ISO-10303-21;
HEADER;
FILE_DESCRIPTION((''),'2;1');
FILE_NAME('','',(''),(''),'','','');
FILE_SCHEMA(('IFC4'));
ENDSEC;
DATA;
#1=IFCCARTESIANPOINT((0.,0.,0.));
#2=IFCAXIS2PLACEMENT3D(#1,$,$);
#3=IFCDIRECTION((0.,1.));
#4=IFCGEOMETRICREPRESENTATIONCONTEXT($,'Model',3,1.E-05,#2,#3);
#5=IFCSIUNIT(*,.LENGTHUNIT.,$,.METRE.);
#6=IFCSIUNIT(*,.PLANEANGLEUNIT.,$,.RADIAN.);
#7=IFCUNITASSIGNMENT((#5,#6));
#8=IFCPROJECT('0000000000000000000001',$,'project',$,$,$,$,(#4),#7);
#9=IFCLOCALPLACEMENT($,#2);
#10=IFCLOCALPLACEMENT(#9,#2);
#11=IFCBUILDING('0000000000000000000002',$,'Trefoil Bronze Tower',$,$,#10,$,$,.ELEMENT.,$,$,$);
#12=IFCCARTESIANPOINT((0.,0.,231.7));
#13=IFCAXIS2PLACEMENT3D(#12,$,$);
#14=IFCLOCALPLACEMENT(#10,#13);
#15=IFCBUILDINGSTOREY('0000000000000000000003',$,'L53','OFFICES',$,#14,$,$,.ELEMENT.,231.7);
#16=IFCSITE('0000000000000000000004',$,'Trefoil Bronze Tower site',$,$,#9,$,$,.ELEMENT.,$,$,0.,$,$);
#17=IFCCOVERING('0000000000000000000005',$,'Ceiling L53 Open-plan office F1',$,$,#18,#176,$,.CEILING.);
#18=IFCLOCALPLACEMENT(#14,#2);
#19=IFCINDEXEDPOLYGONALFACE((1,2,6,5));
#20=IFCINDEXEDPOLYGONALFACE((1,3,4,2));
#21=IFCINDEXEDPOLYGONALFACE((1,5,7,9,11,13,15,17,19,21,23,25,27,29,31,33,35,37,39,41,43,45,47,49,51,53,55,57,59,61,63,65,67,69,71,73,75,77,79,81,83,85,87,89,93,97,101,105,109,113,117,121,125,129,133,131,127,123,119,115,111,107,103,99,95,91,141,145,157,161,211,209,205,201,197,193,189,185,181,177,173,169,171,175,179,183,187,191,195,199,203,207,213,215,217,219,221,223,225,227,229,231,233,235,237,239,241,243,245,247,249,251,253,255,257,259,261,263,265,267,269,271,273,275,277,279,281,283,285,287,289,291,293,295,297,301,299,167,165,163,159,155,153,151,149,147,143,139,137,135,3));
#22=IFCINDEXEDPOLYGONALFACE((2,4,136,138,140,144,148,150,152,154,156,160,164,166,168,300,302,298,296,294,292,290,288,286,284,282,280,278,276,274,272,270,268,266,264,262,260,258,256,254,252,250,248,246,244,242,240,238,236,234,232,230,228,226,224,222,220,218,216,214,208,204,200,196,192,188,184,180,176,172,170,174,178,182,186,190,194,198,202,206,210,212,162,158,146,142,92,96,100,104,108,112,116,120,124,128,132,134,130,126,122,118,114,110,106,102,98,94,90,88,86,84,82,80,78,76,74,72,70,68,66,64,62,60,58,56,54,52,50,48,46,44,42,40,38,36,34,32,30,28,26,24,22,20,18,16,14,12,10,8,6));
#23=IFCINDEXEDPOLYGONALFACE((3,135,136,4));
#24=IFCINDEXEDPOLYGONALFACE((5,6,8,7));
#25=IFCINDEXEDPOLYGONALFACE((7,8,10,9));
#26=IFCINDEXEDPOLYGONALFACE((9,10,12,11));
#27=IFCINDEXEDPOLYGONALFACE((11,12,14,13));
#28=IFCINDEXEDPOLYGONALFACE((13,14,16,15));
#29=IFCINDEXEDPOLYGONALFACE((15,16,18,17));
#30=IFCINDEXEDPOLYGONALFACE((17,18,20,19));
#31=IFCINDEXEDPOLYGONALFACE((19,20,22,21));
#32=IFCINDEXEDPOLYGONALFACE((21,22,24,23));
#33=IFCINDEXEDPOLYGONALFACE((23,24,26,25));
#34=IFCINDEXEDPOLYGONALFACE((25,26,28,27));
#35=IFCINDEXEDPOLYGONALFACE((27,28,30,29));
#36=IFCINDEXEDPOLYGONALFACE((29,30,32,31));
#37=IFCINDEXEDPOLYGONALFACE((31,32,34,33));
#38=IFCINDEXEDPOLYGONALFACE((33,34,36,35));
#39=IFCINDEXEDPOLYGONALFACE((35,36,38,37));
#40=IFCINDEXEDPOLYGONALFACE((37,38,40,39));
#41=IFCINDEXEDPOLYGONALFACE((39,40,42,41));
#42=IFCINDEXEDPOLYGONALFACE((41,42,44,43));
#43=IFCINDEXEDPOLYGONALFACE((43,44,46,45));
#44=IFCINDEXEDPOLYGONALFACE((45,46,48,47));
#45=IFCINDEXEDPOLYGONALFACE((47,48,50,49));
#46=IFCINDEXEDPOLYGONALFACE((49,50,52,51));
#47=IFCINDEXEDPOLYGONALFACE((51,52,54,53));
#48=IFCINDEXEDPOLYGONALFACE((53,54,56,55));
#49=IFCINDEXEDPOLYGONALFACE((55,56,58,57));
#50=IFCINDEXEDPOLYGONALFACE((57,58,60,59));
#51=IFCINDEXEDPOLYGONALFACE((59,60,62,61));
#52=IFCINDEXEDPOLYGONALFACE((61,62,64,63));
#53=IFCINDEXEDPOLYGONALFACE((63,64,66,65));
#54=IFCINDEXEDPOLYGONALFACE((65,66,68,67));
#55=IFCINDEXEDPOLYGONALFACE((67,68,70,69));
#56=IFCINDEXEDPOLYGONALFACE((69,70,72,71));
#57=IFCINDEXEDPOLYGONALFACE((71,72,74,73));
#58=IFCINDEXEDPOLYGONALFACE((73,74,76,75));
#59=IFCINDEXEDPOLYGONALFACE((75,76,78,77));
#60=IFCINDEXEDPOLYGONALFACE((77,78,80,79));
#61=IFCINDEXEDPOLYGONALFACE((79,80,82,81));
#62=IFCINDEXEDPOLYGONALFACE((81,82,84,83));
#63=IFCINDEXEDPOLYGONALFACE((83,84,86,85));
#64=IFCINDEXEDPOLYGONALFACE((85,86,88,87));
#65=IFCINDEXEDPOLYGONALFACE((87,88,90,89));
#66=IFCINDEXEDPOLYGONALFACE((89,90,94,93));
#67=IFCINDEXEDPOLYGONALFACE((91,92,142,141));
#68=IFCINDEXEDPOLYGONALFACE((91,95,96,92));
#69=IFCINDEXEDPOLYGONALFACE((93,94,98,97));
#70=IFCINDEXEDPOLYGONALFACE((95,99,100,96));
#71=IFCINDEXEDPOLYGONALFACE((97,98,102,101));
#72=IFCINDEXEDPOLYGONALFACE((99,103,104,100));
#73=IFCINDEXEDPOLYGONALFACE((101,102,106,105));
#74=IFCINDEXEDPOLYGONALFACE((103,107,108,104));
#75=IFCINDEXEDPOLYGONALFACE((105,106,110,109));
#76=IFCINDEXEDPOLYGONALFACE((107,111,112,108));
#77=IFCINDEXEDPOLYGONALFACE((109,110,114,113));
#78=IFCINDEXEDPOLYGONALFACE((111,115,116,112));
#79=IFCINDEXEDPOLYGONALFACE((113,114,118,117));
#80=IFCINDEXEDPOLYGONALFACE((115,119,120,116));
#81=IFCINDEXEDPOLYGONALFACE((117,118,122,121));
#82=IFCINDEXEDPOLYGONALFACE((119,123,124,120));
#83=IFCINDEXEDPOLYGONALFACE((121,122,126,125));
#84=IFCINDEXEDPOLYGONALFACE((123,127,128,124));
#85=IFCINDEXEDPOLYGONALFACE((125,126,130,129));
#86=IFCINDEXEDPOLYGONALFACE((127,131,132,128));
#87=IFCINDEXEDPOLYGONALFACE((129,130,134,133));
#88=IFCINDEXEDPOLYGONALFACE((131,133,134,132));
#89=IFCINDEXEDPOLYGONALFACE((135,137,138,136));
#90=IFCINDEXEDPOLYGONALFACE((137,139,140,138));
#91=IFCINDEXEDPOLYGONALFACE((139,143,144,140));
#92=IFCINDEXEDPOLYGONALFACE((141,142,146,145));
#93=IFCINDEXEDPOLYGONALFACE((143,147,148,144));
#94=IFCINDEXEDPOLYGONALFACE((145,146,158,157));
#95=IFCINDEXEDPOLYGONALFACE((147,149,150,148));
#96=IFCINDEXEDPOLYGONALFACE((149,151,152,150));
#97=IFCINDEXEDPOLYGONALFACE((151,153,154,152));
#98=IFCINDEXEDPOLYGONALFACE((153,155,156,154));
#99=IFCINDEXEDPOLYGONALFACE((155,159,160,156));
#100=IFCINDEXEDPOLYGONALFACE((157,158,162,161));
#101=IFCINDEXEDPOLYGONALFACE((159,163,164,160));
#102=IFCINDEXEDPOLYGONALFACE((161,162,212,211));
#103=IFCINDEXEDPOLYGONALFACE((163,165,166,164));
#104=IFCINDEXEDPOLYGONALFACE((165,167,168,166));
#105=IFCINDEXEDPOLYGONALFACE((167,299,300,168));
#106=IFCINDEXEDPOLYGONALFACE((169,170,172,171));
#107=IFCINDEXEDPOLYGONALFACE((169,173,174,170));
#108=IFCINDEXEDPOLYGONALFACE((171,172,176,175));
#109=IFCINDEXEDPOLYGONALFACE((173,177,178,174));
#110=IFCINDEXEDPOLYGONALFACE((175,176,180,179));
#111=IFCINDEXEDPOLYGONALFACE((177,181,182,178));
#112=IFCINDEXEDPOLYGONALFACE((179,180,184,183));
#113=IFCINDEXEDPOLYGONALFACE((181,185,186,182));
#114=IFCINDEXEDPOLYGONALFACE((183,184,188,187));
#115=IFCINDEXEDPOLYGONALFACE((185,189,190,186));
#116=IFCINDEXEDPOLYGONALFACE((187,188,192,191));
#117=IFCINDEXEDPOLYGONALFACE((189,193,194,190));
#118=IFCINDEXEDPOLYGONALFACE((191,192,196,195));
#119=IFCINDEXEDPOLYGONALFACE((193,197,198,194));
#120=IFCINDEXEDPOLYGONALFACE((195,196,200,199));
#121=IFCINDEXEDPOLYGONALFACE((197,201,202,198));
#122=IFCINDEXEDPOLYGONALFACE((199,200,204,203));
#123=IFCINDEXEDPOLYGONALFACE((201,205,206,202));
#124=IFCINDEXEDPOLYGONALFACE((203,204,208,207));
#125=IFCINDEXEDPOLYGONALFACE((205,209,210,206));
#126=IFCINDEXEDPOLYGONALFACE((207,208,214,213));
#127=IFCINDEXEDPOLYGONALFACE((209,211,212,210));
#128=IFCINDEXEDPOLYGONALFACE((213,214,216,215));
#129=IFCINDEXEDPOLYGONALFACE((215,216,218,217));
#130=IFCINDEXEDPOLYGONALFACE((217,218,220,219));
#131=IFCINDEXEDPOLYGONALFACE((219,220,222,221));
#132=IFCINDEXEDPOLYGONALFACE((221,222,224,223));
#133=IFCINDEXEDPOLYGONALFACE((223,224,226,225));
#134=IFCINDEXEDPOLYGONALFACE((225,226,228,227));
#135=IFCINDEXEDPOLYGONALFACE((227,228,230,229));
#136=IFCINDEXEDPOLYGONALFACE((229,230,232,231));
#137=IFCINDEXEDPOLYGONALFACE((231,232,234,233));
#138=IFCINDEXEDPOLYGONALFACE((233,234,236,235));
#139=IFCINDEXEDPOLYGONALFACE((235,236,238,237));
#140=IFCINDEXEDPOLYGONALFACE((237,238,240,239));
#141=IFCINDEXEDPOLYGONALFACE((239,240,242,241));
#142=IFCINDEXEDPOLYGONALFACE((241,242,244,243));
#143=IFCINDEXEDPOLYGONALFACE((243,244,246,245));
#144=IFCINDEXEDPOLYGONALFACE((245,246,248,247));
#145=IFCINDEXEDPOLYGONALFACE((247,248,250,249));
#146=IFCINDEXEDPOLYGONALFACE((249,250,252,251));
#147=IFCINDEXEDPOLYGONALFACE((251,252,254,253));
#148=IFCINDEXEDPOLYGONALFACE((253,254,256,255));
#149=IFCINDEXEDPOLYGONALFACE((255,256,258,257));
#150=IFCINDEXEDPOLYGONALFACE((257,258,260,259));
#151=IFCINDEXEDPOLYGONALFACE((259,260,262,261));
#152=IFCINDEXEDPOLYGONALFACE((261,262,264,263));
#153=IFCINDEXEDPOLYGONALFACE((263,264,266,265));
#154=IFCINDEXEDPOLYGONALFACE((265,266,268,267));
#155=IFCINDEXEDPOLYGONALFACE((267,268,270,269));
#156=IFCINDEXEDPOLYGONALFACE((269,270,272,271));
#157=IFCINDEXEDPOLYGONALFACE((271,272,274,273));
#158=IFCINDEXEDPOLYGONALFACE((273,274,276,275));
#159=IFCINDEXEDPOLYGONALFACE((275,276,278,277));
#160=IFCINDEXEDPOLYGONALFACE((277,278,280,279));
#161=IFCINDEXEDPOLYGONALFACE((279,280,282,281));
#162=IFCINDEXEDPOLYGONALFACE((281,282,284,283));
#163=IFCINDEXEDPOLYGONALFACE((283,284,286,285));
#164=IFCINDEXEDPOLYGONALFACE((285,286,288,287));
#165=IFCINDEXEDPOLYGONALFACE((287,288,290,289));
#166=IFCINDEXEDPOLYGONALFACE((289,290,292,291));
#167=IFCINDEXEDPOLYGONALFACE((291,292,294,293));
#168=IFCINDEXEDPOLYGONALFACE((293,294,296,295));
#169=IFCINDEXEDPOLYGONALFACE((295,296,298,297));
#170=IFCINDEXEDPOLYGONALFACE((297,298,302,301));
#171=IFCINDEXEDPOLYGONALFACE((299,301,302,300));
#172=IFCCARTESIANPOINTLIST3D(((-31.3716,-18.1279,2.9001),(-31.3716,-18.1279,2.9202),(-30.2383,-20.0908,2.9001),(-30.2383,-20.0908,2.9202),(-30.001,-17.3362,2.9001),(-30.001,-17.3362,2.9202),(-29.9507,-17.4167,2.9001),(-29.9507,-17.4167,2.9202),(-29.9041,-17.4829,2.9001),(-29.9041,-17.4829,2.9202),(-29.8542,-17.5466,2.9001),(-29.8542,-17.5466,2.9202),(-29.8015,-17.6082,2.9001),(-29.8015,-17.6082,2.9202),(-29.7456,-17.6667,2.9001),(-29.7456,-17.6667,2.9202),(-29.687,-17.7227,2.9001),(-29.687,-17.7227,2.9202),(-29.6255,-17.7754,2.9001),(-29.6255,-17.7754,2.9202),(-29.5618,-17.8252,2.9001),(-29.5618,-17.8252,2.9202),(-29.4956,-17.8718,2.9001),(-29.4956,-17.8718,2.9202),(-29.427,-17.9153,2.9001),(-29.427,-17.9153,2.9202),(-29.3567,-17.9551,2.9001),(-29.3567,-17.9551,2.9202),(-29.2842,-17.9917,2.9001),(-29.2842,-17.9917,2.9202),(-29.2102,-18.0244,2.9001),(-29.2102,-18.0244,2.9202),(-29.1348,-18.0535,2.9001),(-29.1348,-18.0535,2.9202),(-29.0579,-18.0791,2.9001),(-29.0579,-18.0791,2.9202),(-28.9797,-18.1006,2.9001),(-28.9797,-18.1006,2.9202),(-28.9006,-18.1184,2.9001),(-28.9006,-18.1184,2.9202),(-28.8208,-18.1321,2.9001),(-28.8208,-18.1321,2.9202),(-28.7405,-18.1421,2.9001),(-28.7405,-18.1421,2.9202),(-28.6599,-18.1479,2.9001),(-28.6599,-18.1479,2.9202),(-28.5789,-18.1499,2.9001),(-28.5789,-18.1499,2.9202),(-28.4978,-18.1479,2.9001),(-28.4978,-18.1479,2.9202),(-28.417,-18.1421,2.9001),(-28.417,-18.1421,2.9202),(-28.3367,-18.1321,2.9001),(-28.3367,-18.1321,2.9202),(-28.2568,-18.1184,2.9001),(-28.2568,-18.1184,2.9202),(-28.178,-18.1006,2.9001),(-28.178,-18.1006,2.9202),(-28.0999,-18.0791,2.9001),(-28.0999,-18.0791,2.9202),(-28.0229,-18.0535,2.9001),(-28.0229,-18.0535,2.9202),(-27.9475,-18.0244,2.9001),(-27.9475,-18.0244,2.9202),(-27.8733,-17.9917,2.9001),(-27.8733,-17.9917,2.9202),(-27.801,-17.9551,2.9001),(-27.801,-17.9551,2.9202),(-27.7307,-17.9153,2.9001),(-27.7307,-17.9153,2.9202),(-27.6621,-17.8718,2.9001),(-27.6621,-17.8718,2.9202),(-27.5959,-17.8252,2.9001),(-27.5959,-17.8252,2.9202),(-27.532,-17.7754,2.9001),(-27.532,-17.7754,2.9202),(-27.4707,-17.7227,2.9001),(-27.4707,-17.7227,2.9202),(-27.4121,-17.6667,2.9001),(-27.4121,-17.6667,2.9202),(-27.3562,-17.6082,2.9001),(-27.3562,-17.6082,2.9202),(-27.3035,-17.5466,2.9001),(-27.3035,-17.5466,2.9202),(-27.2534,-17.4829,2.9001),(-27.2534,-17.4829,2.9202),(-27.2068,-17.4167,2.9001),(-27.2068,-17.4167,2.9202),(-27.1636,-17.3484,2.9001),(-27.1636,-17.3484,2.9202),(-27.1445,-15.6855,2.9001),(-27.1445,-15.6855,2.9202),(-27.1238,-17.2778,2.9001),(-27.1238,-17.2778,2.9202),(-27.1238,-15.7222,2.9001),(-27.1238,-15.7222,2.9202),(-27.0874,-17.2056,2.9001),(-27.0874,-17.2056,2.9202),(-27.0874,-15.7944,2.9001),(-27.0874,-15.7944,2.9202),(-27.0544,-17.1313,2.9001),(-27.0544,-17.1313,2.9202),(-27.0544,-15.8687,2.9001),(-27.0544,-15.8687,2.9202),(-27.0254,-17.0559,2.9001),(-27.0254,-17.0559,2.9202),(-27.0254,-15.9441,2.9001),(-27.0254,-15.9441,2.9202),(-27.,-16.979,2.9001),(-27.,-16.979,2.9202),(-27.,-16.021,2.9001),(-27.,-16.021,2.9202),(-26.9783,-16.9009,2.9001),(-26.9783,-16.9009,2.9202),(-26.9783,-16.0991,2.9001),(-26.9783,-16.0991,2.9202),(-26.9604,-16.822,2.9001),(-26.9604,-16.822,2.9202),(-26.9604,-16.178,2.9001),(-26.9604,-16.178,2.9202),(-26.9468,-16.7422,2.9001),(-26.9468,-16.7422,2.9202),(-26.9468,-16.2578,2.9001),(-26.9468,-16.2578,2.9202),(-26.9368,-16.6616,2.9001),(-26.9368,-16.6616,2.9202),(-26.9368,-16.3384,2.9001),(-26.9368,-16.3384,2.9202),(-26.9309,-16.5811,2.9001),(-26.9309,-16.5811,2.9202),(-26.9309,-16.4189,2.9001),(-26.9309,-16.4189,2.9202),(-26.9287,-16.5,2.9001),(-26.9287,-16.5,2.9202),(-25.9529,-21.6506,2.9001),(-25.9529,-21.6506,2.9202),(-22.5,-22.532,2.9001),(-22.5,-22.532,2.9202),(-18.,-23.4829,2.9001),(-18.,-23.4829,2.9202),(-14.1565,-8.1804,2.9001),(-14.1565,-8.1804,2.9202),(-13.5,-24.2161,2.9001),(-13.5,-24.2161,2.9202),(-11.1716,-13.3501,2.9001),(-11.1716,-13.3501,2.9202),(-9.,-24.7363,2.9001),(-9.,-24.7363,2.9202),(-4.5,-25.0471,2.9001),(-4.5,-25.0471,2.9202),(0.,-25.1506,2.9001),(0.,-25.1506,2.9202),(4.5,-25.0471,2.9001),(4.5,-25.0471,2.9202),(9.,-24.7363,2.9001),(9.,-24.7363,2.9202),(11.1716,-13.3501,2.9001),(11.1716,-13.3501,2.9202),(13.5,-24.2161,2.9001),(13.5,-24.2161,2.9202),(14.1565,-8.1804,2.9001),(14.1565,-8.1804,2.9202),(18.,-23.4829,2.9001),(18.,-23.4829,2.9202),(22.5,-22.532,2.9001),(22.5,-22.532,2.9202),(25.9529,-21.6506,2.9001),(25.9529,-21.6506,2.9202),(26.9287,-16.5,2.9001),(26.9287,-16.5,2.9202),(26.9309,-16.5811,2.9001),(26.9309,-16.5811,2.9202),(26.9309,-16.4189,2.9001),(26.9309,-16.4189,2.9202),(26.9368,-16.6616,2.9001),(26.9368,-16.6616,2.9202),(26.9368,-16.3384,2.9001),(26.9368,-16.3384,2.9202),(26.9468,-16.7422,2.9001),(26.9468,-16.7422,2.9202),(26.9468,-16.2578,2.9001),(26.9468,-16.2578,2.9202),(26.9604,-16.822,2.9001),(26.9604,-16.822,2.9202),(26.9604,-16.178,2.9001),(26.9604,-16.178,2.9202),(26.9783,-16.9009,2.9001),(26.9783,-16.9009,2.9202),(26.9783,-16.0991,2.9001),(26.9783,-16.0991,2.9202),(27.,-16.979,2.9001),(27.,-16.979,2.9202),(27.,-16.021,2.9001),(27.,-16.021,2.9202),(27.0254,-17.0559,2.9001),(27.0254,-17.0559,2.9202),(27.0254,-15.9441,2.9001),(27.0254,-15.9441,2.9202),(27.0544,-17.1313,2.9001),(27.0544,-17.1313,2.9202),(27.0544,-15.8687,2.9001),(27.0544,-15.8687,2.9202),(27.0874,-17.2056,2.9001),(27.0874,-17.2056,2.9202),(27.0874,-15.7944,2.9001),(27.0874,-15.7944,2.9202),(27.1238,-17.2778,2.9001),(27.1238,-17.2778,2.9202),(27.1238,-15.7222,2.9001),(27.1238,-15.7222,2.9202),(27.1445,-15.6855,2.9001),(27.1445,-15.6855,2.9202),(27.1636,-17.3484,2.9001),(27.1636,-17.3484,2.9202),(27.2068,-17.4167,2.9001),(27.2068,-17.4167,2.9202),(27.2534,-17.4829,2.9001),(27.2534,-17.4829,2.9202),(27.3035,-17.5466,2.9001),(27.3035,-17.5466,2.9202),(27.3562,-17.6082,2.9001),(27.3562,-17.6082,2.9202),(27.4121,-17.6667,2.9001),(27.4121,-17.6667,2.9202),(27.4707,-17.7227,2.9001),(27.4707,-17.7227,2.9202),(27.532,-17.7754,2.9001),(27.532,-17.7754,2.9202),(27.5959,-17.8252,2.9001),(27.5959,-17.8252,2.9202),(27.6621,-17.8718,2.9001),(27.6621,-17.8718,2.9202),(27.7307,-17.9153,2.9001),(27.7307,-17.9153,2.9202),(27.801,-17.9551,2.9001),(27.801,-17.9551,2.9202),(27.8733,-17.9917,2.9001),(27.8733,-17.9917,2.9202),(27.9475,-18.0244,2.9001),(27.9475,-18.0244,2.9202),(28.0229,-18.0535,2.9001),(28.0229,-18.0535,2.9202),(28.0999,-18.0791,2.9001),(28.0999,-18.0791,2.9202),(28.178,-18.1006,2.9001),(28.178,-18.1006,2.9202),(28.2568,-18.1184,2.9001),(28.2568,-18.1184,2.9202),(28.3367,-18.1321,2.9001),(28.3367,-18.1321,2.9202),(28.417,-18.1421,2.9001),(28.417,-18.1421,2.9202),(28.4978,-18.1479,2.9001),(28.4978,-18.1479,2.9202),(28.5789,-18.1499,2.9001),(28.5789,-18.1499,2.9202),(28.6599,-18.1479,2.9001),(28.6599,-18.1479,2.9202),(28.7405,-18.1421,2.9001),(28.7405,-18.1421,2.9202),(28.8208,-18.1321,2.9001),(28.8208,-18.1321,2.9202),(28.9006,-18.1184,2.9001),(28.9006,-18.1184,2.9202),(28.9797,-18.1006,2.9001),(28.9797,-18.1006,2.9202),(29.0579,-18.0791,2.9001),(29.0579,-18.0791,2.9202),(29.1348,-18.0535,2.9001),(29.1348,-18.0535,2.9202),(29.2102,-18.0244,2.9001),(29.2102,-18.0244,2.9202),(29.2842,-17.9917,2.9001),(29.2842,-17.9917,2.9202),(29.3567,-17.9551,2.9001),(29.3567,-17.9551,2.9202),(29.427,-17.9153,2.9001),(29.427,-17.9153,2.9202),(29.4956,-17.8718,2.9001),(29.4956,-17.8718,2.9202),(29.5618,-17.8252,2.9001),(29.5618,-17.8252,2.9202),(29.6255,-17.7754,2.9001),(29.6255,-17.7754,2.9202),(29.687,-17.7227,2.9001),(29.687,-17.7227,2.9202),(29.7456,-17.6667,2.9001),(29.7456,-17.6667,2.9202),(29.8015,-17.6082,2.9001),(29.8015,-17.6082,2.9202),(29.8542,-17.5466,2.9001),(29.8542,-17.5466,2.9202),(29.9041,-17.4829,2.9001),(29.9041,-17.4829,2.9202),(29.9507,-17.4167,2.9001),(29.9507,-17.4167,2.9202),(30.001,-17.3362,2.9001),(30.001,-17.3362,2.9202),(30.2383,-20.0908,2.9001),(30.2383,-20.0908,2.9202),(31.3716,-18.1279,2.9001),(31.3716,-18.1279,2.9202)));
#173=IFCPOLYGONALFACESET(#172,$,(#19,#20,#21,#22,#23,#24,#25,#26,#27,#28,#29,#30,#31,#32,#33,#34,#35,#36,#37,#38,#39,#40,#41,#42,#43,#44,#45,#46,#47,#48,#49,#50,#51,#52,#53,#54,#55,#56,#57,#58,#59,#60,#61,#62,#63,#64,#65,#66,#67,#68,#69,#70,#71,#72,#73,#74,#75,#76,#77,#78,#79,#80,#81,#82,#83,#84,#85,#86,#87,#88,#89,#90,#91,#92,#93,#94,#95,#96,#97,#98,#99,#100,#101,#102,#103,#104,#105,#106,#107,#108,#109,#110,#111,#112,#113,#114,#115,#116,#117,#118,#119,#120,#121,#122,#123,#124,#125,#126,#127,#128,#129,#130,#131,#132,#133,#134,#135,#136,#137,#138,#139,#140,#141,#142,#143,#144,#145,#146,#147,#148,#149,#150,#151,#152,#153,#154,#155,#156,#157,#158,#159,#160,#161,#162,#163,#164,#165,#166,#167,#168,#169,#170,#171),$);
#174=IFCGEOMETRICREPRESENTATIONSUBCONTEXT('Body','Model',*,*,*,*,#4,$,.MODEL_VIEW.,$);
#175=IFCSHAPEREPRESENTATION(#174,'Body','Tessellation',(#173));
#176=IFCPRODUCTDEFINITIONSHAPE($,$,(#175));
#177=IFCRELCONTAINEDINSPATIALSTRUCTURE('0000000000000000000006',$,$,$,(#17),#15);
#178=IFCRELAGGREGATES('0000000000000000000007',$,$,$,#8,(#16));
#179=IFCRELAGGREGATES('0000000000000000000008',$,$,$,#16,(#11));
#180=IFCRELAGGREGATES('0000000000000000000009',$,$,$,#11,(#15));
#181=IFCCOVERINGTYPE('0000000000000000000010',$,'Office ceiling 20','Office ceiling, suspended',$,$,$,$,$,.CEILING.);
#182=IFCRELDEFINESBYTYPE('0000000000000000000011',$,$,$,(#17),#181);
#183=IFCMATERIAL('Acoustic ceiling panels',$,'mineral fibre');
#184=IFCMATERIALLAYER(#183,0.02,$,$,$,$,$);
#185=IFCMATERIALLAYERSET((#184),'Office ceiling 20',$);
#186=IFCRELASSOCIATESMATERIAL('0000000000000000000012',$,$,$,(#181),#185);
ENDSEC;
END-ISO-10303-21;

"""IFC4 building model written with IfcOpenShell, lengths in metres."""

from ifc_helpers import new_model, si_unit, direction, frame, origin, place, context, subcontext, project, spatial, polyline, outline, extrude, material, layer, layer_set, type_object, element, save


model = new_model("IFC4")

# Units and contexts
model_context = context("Model", 3, precision=1e-05, world=origin(), true_north=direction((0.0, 1.0)))
body_context = subcontext(model_context, "Body", "Model", "MODEL_VIEW")
ifc_project = project(units=[si_unit("LENGTHUNIT", "METRE"), si_unit("PLANEANGLEUNIT", "RADIAN")], contexts=[model_context])

# Site, building, storey
site_placement = place(None, origin())
site = spatial("IfcSite", under=ifc_project, at=site_placement, Name="Trefoil Bronze Tower site", CompositionType="ELEMENT", RefElevation=0.0)
building_placement = place(site_placement, origin())
building = spatial("IfcBuilding", under=site, at=building_placement, Name="Trefoil Bronze Tower", CompositionType="ELEMENT")
storey_placement = place(building_placement, frame((0.0, 0.0, 231.7)))
storey = spatial("IfcBuildingStorey", under=building, at=storey_placement, Name="L53", Description="OFFICES", CompositionType="ELEMENT", Elevation=231.7)

# Covering
ifc_material_1 = material(Name="Acoustic ceiling panels", Category="mineral fibre")
ifc_layer_1 = layer(ifc_material_1, 0.02)
ifc_layer_set_1 = layer_set([ifc_layer_1], Name="Office ceiling 20")
covering_type_1 = type_object("IfcCoveringType", Name="Office ceiling 20", Description="Office ceiling, suspended", PredefinedType="CEILING", material=ifc_layer_set_1)
covering_1_placement = place(storey_placement, frame((0.0, 0.0, 2.9001)))
element("IfcCovering", 1, at=covering_1_placement, inside=storey, type_object=covering_type_1, Name="Ceiling L53 Open-plan office F1", PredefinedType="CEILING", context=body_context, shape_type="SweptSolid", body=[
    extrude(outline(polyline([(-29.9507, -17.4167), (-29.9041, -17.4829), (-29.8542, -17.5466), (-29.8015, -17.6082), (-29.7456, -17.6667), (-29.687, -17.7227), (-29.6255, -17.7754), (-29.5618, -17.8252), (-29.4956, -17.8718), (-29.427, -17.9153), (-29.3567, -17.9551), (-29.2842, -17.9917), (-29.2102, -18.0244), (-29.1348, -18.0535), (-29.0579, -18.0791), (-28.9797, -18.1006), (-28.9006, -18.1184), (-28.8208, -18.1321), (-28.7405, -18.1421), (-28.6599, -18.1479), (-28.5789, -18.1499), (-28.4978, -18.1479), (-28.417, -18.1421), (-28.3367, -18.1321), (-28.2568, -18.1184), (-28.178, -18.1006), (-28.0999, -18.0791), (-28.0229, -18.0535), (-27.9475, -18.0244), (-27.8733, -17.9917), (-27.801, -17.9551), (-27.7307, -17.9153), (-27.6621, -17.8718), (-27.5959, -17.8252), (-27.532, -17.7754), (-27.4707, -17.7227), (-27.4121, -17.6667), (-27.3562, -17.6082), (-27.3035, -17.5466), (-27.2534, -17.4829), (-27.2068, -17.4167), (-27.1636, -17.3484), (-27.1238, -17.2778), (-27.0874, -17.2056), (-27.0544, -17.1313), (-27.0254, -17.0559), (-27.0, -16.979), (-26.9783, -16.9009), (-26.9604, -16.822), (-26.9468, -16.7422), (-26.9368, -16.6616), (-26.9309, -16.5811), (-26.9287, -16.5), (-26.9309, -16.4189), (-26.9368, -16.3384), (-26.9468, -16.2578), (-26.9604, -16.178), (-26.9783, -16.0991), (-27.0, -16.021), (-27.0254, -15.9441), (-27.0544, -15.8687), (-27.0874, -15.7944), (-27.1238, -15.7222), (-27.1445, -15.6855), (-14.1565, -8.1804), (-11.1716, -13.3501), (11.1716, -13.3501), (14.1565, -8.1804), (27.1445, -15.6855), (27.1238, -15.7222), (27.0874, -15.7944), (27.0544, -15.8687), (27.0254, -15.9441), (27.0, -16.021), (26.9783, -16.0991), (26.9604, -16.178), (26.9468, -16.2578), (26.9368, -16.3384), (26.9309, -16.4189), (26.9287, -16.5), (26.9309, -16.5811), (26.9368, -16.6616), (26.9468, -16.7422), (26.9604, -16.822), (26.9783, -16.9009), (27.0, -16.979), (27.0254, -17.0559), (27.0544, -17.1313), (27.0874, -17.2056), (27.1238, -17.2778), (27.1636, -17.3484), (27.2068, -17.4167), (27.2534, -17.4829), (27.3035, -17.5466), (27.3562, -17.6082), (27.4121, -17.6667), (27.4707, -17.7227), (27.532, -17.7754), (27.5959, -17.8252), (27.6621, -17.8718), (27.7307, -17.9153), (27.801, -17.9551), (27.8733, -17.9917), (27.9475, -18.0244), (28.0229, -18.0535), (28.0999, -18.0791), (28.178, -18.1006), (28.2568, -18.1184), (28.3367, -18.1321), (28.417, -18.1421), (28.4978, -18.1479), (28.5789, -18.1499), (28.6599, -18.1479), (28.7405, -18.1421), (28.8208, -18.1321), (28.9006, -18.1184), (28.9797, -18.1006), (29.0579, -18.0791), (29.1348, -18.0535), (29.2102, -18.0244), (29.2842, -17.9917), (29.3567, -17.9551), (29.427, -17.9153), (29.4956, -17.8718), (29.5618, -17.8252), (29.6255, -17.7754), (29.687, -17.7227), (29.7456, -17.6667), (29.8015, -17.6082), (29.8542, -17.5466), (29.9041, -17.4829), (29.9507, -17.4167), (30.001, -17.3362), (31.3716, -18.1279), (30.2383, -20.0908), (25.9529, -21.6506), (22.5, -22.532), (18.0, -23.4829), (13.5, -24.2161), (9.0, -24.7363), (4.5, -25.0471), (0.0, -25.1506), (-4.5, -25.0471), (-9.0, -24.7363), (-13.5, -24.2161), (-18.0, -23.4829), (-22.5, -22.532), (-25.9529, -21.6506), (-30.2383, -20.0908), (-31.3716, -18.1279), (-30.001, -17.3362), (-29.9507, -17.4167)])), origin(), (0.0, 0.0, 1.0), 0.02),
])

save(model, "model.ifc")
